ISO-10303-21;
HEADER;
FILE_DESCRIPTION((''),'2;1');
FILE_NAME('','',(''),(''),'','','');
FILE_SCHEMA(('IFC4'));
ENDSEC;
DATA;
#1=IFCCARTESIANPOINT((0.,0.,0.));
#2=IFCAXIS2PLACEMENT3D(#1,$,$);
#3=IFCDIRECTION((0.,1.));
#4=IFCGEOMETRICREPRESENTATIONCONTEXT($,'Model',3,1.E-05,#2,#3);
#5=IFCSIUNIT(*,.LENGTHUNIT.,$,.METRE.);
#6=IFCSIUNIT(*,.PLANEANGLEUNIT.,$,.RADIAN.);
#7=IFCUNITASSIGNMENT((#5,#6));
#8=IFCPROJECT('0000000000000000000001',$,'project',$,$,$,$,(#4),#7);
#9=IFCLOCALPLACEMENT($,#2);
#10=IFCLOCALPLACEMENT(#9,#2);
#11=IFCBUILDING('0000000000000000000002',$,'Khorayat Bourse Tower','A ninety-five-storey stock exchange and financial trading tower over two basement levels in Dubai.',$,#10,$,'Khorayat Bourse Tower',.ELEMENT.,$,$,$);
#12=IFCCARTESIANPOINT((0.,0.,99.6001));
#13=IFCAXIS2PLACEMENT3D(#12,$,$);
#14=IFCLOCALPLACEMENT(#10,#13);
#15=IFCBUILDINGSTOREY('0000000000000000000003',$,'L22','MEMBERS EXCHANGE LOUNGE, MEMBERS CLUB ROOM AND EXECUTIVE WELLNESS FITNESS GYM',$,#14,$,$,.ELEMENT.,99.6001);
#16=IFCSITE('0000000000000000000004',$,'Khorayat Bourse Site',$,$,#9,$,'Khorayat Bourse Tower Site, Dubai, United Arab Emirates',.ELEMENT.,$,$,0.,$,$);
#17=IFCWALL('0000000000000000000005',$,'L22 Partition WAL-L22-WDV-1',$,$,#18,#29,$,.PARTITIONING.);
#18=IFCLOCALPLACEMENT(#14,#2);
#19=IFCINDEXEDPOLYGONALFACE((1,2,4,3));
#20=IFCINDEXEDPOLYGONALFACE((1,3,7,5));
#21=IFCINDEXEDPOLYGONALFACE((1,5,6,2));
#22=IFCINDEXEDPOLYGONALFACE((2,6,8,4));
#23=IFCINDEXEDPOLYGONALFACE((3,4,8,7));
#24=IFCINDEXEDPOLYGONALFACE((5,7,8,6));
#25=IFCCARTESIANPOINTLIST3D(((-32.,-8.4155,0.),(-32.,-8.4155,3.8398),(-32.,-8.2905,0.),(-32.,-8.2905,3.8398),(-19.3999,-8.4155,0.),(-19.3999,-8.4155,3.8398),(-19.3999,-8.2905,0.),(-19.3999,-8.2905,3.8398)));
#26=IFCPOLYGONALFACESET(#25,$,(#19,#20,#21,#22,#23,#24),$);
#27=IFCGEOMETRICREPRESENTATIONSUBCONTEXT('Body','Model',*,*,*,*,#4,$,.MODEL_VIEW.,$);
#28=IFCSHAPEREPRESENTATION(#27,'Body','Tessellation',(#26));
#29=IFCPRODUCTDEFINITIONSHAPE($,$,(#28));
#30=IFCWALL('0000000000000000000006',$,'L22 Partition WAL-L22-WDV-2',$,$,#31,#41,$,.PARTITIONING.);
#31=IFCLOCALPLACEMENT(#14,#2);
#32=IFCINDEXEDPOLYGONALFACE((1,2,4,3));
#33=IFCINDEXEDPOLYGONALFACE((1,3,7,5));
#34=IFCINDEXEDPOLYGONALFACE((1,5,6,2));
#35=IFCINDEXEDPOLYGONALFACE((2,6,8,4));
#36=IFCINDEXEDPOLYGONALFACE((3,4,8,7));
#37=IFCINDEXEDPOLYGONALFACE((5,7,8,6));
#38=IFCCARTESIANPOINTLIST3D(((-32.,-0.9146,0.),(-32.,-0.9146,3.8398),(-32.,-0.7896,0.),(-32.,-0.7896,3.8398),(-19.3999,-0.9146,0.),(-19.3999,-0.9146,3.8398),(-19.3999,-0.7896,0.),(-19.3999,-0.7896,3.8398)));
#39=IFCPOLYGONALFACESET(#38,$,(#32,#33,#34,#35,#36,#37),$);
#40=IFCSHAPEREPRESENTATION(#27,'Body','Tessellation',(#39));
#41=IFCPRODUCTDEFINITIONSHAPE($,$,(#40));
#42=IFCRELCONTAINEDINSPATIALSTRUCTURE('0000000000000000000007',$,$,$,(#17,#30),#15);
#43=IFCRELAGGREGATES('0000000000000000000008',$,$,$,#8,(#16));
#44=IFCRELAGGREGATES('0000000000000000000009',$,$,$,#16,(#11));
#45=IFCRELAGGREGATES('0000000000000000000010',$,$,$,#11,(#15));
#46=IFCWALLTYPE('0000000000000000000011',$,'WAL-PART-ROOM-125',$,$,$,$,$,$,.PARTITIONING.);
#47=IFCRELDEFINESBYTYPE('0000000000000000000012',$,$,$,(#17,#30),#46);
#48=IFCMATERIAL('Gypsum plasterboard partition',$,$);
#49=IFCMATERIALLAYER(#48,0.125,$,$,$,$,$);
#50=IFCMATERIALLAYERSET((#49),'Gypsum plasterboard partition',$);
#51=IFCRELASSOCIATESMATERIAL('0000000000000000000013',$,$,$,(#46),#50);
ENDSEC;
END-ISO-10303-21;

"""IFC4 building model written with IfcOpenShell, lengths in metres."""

from ifc_helpers import new_model, si_unit, direction, frame, frame_2d, origin, place, context, subcontext, project, spatial, rectangle, extrude, source, transform, mapped, material, layer, layer_set, type_object, element, save


model = new_model("IFC4")

# Units and contexts
model_context = context("Model", 3, precision=1e-05, world=origin(), true_north=direction((0.0, 1.0)))
body_context = subcontext(model_context, "Body", "Model", "MODEL_VIEW")
ifc_project = project(units=[si_unit("LENGTHUNIT", "METRE"), si_unit("PLANEANGLEUNIT", "RADIAN")], contexts=[model_context])

# Site, building, storey
site_placement = place(None, origin())
site = spatial("IfcSite", under=ifc_project, at=site_placement, Name="Khorayat Bourse Site", LongName="Khorayat Bourse Tower Site, Dubai, United Arab Emirates", CompositionType="ELEMENT", RefElevation=0.0)
building_placement = place(site_placement, origin())
building = spatial("IfcBuilding", under=site, at=building_placement, Name="Khorayat Bourse Tower", Description="A ninety-five-storey stock exchange and financial trading tower over two basement levels in Dubai.", LongName="Khorayat Bourse Tower", CompositionType="ELEMENT")
storey_placement = place(building_placement, frame((0.0, 0.0, 99.6001)))
storey = spatial("IfcBuildingStorey", under=building, at=storey_placement, Name="L22", Description="MEMBERS EXCHANGE LOUNGE, MEMBERS CLUB ROOM AND EXECUTIVE WELLNESS FITNESS GYM", CompositionType="ELEMENT", Elevation=99.6001)

# Walls
ifc_material_1 = material(Name="Gypsum plasterboard partition")
ifc_layer_1 = layer(ifc_material_1, 0.125)
ifc_layer_set_1 = layer_set([ifc_layer_1], Name="Gypsum plasterboard partition")
wall_type_1 = type_object("IfcWallType", Name="WAL-PART-ROOM-125", PredefinedType="PARTITIONING", material=ifc_layer_set_1)
shared_shape_1 = source(origin(), body_context, "Body", "SweptSolid", [
    extrude(rectangle(XDim=12.6001, YDim=0.125, at=frame_2d((6.3, 0.0))), origin(), (0.0, 0.0, 1.0), 3.8398),
])
for number, where, z_axis, x_axis, name in (
    (1, (-32.0, -8.353, 0.0), (0.0, 0.0, 1.0), (1.0, 0.0, 0.0), "L22 Partition WAL-L22-WDV-1"),
    (2, (-32.0, -0.8521, 0.0), (0.0, 0.0, 1.0), (1.0, 0.0, 0.0), "L22 Partition WAL-L22-WDV-2"),
):
    element("IfcWall", number, at=place(storey_placement, frame(where, z_axis=z_axis, x_axis=x_axis)), inside=storey, type_object=wall_type_1, Name=name, PredefinedType="PARTITIONING", context=body_context, shape_type="MappedRepresentation", body=[
        mapped(shared_shape_1, transform((0.0, 0.0, 0.0), scale=1.0)),
    ])

save(model, "model.ifc")
